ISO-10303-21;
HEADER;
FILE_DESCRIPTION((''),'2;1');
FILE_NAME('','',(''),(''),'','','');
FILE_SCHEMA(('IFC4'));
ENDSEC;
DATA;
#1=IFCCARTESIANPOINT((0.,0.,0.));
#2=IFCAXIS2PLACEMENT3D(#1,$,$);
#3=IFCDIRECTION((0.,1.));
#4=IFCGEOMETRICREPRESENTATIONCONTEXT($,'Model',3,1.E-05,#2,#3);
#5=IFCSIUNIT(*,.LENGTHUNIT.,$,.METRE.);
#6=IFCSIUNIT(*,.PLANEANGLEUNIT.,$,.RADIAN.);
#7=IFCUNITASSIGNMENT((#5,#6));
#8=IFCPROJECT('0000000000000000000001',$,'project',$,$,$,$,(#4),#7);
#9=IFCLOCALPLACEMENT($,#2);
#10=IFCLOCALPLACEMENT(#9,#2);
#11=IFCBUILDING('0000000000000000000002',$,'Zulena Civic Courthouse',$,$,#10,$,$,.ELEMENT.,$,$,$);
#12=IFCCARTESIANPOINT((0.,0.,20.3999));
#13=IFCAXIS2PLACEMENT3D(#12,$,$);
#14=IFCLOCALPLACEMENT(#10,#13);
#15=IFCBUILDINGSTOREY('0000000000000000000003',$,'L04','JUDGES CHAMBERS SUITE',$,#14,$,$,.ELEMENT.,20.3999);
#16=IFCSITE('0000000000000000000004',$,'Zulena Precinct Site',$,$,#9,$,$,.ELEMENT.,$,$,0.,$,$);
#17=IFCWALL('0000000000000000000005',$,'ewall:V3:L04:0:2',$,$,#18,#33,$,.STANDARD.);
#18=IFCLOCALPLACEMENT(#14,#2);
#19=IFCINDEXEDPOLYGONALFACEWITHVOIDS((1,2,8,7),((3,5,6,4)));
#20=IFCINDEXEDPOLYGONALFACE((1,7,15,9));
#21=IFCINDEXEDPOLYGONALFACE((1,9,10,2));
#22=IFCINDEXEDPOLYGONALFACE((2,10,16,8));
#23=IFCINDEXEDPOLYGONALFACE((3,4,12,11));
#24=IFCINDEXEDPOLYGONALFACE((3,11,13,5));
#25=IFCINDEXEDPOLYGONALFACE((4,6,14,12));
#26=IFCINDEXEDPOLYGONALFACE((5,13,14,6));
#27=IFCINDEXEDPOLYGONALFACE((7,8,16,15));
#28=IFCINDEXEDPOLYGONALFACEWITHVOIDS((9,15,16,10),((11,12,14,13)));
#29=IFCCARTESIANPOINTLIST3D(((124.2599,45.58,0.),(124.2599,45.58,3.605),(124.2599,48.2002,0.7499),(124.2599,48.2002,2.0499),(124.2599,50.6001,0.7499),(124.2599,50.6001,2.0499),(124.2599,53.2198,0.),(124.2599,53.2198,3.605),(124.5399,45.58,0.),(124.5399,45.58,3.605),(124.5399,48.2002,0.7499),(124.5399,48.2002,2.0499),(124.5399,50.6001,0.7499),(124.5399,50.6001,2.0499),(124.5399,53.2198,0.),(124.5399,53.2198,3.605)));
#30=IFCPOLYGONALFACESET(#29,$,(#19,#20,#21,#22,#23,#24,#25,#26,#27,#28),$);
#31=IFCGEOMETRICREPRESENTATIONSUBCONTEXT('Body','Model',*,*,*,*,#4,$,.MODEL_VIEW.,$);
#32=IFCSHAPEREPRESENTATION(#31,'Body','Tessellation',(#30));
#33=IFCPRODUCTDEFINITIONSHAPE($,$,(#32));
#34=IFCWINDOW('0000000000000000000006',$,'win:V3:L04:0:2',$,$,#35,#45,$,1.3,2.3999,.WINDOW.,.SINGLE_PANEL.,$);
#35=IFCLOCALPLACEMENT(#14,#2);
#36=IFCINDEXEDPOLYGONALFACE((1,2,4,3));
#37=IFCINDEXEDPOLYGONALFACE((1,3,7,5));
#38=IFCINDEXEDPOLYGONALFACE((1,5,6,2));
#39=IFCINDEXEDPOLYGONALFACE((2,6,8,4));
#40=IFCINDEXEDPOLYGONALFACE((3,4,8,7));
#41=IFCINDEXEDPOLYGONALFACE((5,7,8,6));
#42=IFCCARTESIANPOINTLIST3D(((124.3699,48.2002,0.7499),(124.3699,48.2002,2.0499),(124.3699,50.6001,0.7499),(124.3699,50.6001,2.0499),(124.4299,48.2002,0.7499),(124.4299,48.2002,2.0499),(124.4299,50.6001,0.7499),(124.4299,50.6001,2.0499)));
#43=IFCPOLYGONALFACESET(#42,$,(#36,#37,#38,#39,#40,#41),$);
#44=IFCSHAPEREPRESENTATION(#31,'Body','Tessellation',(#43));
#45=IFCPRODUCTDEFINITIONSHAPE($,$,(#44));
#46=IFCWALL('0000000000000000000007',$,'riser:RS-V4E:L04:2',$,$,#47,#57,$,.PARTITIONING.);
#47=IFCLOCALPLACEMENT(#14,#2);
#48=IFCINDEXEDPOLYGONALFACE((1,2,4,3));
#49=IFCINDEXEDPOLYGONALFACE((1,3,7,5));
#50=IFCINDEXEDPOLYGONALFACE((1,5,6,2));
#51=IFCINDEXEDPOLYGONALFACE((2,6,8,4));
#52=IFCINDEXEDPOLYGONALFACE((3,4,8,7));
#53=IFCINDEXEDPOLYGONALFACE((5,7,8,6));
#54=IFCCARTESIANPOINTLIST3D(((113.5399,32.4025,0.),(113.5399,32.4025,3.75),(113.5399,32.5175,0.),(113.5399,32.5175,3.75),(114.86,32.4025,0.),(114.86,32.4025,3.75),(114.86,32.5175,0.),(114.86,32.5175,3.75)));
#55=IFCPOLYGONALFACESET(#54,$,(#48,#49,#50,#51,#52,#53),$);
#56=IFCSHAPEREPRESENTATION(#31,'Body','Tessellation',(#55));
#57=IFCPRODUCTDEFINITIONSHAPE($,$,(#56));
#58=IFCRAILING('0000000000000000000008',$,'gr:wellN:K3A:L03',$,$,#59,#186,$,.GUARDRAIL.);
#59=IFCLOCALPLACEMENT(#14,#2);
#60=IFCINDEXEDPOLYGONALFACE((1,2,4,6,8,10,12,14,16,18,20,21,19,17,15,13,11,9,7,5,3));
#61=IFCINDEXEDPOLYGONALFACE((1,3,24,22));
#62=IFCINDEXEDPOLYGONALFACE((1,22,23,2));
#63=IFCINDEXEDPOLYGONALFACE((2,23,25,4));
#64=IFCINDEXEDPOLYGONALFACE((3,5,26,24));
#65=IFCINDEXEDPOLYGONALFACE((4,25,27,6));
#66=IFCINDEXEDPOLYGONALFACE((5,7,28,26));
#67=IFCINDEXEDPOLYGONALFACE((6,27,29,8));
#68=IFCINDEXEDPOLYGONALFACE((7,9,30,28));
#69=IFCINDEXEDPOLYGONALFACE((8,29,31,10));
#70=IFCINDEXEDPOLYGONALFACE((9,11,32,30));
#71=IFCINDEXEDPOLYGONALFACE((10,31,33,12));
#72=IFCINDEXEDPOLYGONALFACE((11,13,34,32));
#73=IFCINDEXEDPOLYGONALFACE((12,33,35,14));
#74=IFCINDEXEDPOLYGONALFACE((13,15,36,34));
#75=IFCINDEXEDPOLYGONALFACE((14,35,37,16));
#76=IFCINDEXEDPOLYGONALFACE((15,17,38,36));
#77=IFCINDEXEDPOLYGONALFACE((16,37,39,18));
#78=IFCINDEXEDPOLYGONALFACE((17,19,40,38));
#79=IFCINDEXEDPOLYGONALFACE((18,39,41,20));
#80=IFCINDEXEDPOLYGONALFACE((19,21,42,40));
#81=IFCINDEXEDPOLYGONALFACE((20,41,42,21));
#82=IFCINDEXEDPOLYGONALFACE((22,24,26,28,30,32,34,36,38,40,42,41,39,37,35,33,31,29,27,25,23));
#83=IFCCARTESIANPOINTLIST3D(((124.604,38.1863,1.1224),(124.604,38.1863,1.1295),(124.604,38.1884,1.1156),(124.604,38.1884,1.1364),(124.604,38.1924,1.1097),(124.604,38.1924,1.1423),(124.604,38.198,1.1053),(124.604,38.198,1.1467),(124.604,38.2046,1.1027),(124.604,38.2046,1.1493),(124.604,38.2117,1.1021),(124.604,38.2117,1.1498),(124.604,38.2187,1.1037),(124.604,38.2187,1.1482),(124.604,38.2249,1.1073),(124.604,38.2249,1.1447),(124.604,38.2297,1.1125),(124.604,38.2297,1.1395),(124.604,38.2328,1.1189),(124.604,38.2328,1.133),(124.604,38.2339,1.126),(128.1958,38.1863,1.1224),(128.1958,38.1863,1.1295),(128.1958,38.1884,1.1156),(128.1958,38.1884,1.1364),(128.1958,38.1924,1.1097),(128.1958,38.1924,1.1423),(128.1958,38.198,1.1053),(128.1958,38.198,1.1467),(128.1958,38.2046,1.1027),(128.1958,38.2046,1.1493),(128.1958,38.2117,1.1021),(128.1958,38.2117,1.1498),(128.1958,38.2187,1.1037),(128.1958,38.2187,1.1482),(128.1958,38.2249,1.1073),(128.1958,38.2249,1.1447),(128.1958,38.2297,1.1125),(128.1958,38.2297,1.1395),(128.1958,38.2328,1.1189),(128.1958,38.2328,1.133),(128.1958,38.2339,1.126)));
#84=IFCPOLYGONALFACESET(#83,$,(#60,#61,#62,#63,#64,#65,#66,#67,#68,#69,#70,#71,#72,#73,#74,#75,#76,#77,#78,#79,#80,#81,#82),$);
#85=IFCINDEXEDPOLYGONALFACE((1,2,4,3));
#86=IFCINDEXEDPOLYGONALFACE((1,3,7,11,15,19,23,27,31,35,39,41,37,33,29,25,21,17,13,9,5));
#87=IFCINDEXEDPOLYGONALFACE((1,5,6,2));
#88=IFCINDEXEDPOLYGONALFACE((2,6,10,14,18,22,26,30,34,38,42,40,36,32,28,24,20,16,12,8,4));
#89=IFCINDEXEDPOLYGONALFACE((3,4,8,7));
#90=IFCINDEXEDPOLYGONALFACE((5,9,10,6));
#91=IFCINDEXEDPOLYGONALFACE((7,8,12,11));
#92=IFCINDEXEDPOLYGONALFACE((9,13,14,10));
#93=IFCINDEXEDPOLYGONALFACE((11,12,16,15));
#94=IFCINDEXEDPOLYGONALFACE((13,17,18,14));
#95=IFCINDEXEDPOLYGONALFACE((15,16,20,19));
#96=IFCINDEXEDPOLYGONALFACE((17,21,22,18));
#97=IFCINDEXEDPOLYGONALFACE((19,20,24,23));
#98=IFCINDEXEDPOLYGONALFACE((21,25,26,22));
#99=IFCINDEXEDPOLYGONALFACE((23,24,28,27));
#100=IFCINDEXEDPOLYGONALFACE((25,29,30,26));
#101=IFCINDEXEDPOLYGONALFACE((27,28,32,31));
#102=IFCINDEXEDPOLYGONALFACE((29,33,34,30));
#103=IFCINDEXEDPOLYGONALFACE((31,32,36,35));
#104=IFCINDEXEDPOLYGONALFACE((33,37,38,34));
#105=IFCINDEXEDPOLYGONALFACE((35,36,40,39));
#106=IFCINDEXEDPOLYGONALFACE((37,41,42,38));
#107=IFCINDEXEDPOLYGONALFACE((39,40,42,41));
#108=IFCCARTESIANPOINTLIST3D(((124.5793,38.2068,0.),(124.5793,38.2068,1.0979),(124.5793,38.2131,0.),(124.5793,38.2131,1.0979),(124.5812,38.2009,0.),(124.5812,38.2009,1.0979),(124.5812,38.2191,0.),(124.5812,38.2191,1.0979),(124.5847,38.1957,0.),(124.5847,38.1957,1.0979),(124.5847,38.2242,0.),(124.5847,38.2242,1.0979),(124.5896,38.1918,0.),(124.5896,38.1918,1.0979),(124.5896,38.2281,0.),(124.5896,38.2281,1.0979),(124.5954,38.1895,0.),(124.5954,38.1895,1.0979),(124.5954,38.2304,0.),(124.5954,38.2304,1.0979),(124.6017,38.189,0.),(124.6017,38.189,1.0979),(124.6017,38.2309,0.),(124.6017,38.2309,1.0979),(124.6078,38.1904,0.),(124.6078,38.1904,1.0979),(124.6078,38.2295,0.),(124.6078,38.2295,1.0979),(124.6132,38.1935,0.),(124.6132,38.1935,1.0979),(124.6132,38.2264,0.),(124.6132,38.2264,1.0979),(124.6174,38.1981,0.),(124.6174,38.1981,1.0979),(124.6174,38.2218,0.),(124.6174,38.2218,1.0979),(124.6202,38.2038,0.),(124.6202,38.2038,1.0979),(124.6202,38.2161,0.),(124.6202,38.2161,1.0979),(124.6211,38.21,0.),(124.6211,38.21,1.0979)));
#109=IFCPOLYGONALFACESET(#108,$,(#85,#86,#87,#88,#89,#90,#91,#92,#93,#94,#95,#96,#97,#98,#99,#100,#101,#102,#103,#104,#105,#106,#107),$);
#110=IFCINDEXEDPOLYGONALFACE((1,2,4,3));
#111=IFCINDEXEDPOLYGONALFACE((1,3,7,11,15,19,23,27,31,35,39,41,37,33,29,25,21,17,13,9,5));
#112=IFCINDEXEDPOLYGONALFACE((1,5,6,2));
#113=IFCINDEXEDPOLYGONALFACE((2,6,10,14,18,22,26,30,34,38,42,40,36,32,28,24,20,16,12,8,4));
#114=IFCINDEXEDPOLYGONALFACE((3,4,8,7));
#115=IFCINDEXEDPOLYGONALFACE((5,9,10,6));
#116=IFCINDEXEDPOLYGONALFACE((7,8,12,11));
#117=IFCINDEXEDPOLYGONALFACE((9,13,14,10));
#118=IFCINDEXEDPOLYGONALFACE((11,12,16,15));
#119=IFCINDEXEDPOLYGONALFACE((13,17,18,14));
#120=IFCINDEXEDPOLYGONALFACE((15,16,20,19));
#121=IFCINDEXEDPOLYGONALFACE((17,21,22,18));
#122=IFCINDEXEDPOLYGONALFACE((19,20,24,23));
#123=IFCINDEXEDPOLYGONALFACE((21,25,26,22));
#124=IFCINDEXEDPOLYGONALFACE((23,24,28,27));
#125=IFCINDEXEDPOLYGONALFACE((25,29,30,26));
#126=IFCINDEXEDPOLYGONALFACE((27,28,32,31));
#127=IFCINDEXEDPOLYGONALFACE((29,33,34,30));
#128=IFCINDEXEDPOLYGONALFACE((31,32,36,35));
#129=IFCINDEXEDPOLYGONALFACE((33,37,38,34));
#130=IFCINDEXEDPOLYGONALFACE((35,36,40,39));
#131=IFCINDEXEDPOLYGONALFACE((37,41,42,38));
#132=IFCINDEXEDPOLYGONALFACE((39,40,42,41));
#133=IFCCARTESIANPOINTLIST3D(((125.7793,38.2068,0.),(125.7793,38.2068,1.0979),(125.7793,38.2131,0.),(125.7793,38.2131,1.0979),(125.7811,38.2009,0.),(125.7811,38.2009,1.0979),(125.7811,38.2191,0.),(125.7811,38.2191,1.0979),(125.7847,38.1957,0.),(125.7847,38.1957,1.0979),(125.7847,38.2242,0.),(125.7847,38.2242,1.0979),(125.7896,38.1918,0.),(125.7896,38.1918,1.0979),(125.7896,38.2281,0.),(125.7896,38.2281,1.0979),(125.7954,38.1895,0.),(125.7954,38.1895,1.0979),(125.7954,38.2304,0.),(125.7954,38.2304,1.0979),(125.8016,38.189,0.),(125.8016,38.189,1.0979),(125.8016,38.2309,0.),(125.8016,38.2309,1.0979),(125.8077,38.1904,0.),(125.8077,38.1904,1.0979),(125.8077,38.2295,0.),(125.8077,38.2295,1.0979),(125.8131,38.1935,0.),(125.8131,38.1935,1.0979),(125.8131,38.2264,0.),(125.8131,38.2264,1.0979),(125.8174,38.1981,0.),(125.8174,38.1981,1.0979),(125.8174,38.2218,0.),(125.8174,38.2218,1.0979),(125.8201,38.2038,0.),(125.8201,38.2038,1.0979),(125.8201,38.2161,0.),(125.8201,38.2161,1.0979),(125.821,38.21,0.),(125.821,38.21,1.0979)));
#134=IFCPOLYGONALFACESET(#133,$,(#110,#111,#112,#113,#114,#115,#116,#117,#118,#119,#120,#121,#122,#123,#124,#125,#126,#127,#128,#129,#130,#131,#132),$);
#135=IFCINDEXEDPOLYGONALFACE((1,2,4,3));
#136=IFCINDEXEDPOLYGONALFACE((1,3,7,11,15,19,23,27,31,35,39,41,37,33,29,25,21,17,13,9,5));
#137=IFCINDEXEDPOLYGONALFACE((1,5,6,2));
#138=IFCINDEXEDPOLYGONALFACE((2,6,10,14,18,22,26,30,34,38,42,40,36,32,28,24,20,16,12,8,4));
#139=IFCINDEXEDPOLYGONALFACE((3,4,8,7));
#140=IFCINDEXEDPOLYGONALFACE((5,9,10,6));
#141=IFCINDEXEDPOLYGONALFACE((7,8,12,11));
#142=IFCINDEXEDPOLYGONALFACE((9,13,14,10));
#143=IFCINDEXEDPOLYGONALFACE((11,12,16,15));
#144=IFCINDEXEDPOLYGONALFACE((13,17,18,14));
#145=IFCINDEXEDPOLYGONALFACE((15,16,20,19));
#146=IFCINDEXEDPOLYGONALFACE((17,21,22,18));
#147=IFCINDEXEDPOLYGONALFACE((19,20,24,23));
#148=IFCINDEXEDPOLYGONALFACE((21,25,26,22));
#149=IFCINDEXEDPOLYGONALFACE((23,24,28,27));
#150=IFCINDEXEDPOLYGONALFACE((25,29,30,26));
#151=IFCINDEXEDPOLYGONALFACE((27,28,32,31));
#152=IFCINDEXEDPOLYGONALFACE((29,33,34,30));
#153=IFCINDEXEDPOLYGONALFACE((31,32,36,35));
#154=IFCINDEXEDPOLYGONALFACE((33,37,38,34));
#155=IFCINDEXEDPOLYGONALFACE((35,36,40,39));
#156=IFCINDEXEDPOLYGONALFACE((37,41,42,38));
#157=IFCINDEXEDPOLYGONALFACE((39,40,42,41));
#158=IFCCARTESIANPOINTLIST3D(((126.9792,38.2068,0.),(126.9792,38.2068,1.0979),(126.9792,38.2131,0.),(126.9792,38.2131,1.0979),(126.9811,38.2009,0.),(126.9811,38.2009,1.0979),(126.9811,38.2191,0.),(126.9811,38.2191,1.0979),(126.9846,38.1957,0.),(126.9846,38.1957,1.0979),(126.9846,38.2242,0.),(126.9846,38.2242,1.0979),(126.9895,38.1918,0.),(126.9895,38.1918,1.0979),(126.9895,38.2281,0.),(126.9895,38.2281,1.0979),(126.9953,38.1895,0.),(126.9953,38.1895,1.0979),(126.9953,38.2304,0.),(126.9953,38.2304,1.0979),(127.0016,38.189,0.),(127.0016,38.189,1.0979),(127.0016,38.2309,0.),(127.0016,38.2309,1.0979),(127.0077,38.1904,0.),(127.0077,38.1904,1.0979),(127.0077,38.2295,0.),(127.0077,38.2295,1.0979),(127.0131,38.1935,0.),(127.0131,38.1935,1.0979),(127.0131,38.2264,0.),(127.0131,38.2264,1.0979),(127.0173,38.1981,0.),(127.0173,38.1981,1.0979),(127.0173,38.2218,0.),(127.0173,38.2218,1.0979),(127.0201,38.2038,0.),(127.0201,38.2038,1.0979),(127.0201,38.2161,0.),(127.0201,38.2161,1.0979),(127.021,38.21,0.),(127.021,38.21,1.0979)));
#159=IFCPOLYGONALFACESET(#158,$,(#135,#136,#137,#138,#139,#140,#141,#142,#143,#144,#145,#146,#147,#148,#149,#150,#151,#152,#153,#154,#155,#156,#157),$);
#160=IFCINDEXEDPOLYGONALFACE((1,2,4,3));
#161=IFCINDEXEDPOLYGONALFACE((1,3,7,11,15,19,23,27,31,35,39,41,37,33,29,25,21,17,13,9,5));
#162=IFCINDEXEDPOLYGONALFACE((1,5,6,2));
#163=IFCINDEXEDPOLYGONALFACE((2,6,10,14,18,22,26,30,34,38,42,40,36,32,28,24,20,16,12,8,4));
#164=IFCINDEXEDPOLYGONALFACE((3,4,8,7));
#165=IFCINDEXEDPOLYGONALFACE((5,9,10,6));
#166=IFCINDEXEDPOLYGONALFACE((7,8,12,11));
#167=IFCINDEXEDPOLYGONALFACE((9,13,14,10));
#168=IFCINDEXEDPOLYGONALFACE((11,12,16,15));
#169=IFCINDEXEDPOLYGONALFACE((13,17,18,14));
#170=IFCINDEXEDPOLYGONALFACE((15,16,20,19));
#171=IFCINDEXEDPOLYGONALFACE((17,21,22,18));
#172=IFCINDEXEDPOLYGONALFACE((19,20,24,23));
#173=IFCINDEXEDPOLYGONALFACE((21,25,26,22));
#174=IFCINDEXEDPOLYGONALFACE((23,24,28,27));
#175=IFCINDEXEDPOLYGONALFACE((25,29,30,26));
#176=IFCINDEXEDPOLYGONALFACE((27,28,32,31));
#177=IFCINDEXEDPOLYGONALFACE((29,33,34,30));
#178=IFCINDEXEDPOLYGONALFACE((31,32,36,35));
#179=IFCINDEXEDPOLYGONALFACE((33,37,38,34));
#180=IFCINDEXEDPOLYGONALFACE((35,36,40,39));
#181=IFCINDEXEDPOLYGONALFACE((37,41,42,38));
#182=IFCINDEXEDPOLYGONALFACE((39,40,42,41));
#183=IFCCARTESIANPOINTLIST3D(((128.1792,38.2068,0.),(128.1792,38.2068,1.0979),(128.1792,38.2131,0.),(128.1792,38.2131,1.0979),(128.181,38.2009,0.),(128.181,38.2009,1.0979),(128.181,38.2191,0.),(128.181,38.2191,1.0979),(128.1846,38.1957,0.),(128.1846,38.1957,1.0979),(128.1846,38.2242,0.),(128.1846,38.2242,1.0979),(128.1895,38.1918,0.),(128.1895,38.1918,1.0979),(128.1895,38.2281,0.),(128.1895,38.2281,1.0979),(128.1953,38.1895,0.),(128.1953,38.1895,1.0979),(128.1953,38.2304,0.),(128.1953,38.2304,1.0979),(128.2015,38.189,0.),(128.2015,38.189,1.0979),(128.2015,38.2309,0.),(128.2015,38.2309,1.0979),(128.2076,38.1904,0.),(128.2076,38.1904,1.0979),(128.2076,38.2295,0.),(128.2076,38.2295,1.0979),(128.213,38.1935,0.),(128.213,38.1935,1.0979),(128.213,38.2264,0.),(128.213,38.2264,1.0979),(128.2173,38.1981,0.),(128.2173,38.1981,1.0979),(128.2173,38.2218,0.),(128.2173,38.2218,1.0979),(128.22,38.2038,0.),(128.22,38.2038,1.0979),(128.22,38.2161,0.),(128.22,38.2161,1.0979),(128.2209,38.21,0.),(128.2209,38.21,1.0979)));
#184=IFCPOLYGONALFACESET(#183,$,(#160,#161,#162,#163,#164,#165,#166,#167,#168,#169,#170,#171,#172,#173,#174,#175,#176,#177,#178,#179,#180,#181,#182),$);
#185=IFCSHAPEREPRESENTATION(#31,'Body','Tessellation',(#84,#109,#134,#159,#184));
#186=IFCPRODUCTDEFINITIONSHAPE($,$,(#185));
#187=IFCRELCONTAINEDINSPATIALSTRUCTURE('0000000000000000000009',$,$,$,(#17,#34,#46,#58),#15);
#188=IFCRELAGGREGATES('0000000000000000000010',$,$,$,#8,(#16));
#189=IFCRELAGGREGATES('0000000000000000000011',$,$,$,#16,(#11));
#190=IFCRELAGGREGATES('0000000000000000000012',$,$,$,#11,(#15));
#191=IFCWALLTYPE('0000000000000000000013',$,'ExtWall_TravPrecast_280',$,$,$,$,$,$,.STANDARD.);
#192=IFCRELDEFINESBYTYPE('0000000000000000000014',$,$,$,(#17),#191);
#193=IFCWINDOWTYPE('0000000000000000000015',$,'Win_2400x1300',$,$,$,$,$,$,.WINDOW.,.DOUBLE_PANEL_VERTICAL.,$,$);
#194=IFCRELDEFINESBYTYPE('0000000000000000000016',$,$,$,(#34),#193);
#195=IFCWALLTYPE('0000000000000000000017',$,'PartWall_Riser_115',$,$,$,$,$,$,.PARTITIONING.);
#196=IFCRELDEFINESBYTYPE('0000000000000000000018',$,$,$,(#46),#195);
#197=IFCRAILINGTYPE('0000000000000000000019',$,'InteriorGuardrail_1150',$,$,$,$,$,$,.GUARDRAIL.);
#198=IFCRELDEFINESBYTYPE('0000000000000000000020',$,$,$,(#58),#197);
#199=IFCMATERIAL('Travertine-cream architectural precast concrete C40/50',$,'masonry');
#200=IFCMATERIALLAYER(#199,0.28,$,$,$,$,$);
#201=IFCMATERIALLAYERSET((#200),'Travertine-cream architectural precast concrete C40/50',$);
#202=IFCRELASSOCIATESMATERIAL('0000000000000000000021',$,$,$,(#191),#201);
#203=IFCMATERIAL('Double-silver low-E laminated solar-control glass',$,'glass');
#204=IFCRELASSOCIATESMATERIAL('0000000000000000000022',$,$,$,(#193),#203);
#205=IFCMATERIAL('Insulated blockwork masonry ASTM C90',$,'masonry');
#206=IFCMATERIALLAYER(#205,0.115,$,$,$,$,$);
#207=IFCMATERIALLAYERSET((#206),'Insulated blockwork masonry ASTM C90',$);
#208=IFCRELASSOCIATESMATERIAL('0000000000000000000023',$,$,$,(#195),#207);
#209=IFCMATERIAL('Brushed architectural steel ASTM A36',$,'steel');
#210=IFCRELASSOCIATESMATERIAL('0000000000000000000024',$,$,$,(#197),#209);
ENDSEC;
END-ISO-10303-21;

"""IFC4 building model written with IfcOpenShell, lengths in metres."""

from ifc_helpers import new_model, si_unit, direction, frame, frame_2d, origin, origin_2d, place, context, subcontext, project, spatial, rectangle, circle, extrude, material, layer, layer_set, type_object, element, fill, save


model = new_model("IFC4")

# Units and contexts
model_context = context("Model", 3, precision=1e-05, world=origin(), true_north=direction((0.0, 1.0)))
body_context = subcontext(model_context, "Body", "Model", "MODEL_VIEW")
ifc_project = project(units=[si_unit("LENGTHUNIT", "METRE"), si_unit("PLANEANGLEUNIT", "RADIAN")], contexts=[model_context])

# Site, building, storey
site_placement = place(None, origin())
site = spatial("IfcSite", under=ifc_project, at=site_placement, Name="Zulena Precinct Site", CompositionType="ELEMENT", RefElevation=0.0)
building_placement = place(site_placement, origin())
building = spatial("IfcBuilding", under=site, at=building_placement, Name="Zulena Civic Courthouse", CompositionType="ELEMENT")
storey_placement = place(building_placement, frame((0.0, 0.0, 20.3999)))
storey = spatial("IfcBuildingStorey", under=building, at=storey_placement, Name="L04", Description="JUDGES CHAMBERS SUITE", CompositionType="ELEMENT", Elevation=20.3999)

# Shared definitions
ifc_material_1 = material(Name="Double-silver low-E laminated solar-control glass", Category="glass")

# Shared definitions
ifc_material_2 = material(Name="Travertine-cream architectural precast concrete C40/50", Category="masonry")
ifc_layer_1 = layer(ifc_material_2, 0.28)
ifc_layer_set_1 = layer_set([ifc_layer_1], Name="Travertine-cream architectural precast concrete C40/50")
wall_type_1 = type_object("IfcWallType", Name="ExtWall_TravPrecast_280", PredefinedType="STANDARD", material=ifc_layer_set_1)

# Wall, opening, window
wall_1_placement = place(storey_placement, frame((124.3999, 45.5801, 0.0), z_axis=(0.0, 0.0, 1.0), x_axis=(0.0, 1.0, 0.0)))
wall_1 = element("IfcWall", 1, at=wall_1_placement, inside=storey, type_object=wall_type_1, Name="ewall:V3:L04:0:2", PredefinedType="STANDARD", context=body_context, shape_type="SweptSolid", body=[
    extrude(rectangle(XDim=7.6399, YDim=0.28, at=frame_2d((3.8198, 0.0))), origin(), (0.0, 0.0, 1.0), 3.605),
])
opening_1_placement = place(wall_1_placement, frame((2.6201, 0.0, 0.75)))
opening_1 = element("IfcOpeningElement", 2, at=opening_1_placement, cuts=wall_1, PredefinedType="OPENING", context=body_context, shape_type="SweptSolid", body=[
    extrude(rectangle(XDim=2.3999, YDim=1.3, at=frame_2d((1.2, 0.6499))), frame((0.0, 0.1499, 0.0), z_axis=(0.0, -1.0, 0.0), x_axis=(1.0, 0.0, 0.0)), (0.0, 0.0, 1.0), 0.3),
])
window_type_1 = type_object("IfcWindowType", Name="Win_2400x1300", PartitioningType="DOUBLE_PANEL_VERTICAL", PredefinedType="WINDOW", material=ifc_material_1)
window_1_placement = place(opening_1_placement, origin())
window_1 = element("IfcWindow", 3, at=window_1_placement, inside=storey, type_object=window_type_1, Name="win:V3:L04:0:2", OverallHeight=1.3, OverallWidth=2.3999, PartitioningType="SINGLE_PANEL", PredefinedType="WINDOW", context=body_context, shape_type="SweptSolid", body=[
    extrude(rectangle(XDim=2.3999, YDim=1.3, at=frame_2d((1.2, 0.6499))), frame((0.0, 0.03, 0.0), z_axis=(0.0, -1.0, 0.0), x_axis=(1.0, 0.0, 0.0)), (0.0, 0.0, 1.0), 0.0601),
])
fill(opening_1, window_1)

# Wall
ifc_material_3 = material(Name="Insulated blockwork masonry ASTM C90", Category="masonry")
ifc_layer_2 = layer(ifc_material_3, 0.115)
ifc_layer_set_2 = layer_set([ifc_layer_2], Name="Insulated blockwork masonry ASTM C90")
wall_type_2 = type_object("IfcWallType", Name="PartWall_Riser_115", PredefinedType="PARTITIONING", material=ifc_layer_set_2)
wall_2_placement = place(storey_placement, frame((114.8601, 32.46, 0.0), z_axis=(0.0, 0.0, 1.0), x_axis=(-1.0, 0.0, 0.0)))
element("IfcWall", 4, at=wall_2_placement, inside=storey, type_object=wall_type_2, Name="riser:RS-V4E:L04:2", PredefinedType="PARTITIONING", context=body_context, shape_type="SweptSolid", body=[
    extrude(rectangle(XDim=1.3201, YDim=0.115, at=frame_2d((0.6602, 0.0))), origin(), (0.0, 0.0, 1.0), 3.75),
])

# Railing
ifc_material_4 = material(Name="Brushed architectural steel ASTM A36", Category="steel")
railing_type = type_object("IfcRailingType", Name="InteriorGuardrail_1150", PredefinedType="GUARDRAIL", material=ifc_material_4)
railing_1_placement = place(storey_placement, frame((124.6001, 38.21, 0.0)))
element("IfcRailing", 5, at=railing_1_placement, inside=storey, type_object=railing_type, Name="gr:wellN:K3A:L03", PredefinedType="GUARDRAIL", context=body_context, shape_type="SweptSolid", body=[
    extrude(circle(Radius=0.0239, at=origin_2d()), frame((0.0039, 0.0, 1.126), z_axis=(1.0, 0.0, 0.0), x_axis=(0.0, 1.0, 0.0)), (0.0, 0.0, 1.0), 3.5918),
    extrude(circle(Radius=0.021, at=origin_2d()), origin(), (0.0, 0.0, 1.0), 1.0979),
    extrude(circle(Radius=0.021, at=origin_2d()), frame((1.2, 0.0, 0.0)), (0.0, 0.0, 1.0), 1.0979),
    extrude(circle(Radius=0.021, at=origin_2d()), frame((2.3999, 0.0, 0.0)), (0.0, 0.0, 1.0), 1.0979),
    extrude(circle(Radius=0.021, at=origin_2d()), frame((3.5999, 0.0, 0.0)), (0.0, 0.0, 1.0), 1.0979),
])

save(model, "model.ifc")
